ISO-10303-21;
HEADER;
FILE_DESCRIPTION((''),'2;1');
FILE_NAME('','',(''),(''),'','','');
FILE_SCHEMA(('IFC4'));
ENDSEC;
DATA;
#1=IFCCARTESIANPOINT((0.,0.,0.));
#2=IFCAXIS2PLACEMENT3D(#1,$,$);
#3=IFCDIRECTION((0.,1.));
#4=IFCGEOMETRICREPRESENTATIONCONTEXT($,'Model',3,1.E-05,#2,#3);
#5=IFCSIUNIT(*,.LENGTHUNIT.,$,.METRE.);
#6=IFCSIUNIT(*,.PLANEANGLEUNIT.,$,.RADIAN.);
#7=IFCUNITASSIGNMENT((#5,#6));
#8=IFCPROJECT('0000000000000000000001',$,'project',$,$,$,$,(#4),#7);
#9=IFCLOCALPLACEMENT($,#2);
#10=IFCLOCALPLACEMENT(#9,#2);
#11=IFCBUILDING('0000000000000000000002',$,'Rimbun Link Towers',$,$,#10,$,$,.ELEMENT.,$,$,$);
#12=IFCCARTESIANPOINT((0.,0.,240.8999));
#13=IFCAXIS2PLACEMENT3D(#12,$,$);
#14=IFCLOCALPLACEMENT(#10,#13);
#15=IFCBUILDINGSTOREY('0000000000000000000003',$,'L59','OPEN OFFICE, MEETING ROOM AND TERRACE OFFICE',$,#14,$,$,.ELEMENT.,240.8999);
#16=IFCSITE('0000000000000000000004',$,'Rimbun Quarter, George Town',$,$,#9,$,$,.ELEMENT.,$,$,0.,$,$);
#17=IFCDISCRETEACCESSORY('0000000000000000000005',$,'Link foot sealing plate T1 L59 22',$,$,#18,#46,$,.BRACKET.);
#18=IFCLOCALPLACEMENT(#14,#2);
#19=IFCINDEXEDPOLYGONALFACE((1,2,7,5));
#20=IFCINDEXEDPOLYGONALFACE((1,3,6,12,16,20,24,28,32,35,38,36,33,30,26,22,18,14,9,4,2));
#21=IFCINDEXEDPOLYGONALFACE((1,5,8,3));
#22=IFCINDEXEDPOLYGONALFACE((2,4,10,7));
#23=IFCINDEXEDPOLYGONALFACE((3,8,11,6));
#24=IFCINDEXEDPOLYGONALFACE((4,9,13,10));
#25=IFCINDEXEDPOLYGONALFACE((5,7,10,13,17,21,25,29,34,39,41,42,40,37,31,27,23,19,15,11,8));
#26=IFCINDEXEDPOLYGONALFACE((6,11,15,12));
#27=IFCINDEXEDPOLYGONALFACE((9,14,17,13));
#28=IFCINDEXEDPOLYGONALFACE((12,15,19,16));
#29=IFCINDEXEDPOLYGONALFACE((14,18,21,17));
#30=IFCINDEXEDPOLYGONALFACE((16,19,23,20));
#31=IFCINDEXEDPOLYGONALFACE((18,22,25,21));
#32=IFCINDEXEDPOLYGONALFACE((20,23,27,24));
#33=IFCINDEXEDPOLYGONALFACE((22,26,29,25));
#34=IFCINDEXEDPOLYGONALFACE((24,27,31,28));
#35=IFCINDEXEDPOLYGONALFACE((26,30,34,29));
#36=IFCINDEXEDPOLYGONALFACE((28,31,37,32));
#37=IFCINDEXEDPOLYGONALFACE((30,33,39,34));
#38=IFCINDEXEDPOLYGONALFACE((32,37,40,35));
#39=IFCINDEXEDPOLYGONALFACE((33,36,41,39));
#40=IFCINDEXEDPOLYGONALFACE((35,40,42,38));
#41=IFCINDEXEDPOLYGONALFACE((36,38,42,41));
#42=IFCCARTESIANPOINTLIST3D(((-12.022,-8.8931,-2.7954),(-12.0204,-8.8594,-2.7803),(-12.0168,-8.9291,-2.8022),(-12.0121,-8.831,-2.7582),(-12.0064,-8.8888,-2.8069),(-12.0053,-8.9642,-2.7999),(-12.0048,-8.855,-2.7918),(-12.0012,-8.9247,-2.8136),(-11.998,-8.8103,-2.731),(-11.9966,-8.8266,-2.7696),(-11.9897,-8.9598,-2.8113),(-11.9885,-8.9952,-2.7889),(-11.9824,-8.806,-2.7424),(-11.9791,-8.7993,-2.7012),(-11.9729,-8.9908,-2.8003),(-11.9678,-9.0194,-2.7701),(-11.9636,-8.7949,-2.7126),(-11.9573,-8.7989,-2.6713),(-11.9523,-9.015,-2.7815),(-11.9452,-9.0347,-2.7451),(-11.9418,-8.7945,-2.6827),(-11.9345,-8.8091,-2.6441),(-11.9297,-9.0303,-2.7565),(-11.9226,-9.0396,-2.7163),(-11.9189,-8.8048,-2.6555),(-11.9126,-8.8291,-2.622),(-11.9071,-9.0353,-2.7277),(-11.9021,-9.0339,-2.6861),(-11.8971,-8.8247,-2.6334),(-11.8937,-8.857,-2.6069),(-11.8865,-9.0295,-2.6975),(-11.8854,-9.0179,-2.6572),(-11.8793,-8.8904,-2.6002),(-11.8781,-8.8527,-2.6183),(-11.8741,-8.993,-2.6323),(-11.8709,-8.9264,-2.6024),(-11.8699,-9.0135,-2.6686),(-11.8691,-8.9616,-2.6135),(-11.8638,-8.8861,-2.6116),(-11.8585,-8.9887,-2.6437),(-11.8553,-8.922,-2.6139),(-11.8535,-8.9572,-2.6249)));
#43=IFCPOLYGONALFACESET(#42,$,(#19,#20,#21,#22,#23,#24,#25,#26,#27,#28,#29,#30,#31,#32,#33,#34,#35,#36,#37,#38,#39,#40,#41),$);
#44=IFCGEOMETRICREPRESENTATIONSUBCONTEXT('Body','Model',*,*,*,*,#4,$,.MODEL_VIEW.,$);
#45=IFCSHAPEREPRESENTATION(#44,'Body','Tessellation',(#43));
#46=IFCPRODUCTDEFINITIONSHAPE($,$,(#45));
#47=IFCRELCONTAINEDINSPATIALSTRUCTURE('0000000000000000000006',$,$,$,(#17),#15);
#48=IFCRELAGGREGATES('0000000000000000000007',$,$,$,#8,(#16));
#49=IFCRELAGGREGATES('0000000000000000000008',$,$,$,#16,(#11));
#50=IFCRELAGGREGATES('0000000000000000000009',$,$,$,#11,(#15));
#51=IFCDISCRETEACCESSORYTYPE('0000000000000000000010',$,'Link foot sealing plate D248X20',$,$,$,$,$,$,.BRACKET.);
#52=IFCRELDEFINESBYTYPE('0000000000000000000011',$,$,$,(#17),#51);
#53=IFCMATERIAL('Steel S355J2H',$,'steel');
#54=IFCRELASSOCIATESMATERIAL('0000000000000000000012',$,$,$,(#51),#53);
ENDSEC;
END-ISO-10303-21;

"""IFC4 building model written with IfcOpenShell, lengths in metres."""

from ifc_helpers import new_model, si_unit, direction, frame, origin, origin_2d, place, context, subcontext, project, spatial, circle, extrude, material, material_profile, profile_set, type_object, element, save


model = new_model("IFC4")

# Units and contexts
model_context = context("Model", 3, precision=1e-05, world=origin(), true_north=direction((0.0, 1.0)))
body_context = subcontext(model_context, "Body", "Model", "MODEL_VIEW")
ifc_project = project(units=[si_unit("LENGTHUNIT", "METRE"), si_unit("PLANEANGLEUNIT", "RADIAN")], contexts=[model_context])

# Site, building, storey
site_placement = place(None, origin())
site = spatial("IfcSite", under=ifc_project, at=site_placement, Name="Rimbun Quarter, George Town", CompositionType="ELEMENT", RefElevation=0.0)
building_placement = place(site_placement, origin())
building = spatial("IfcBuilding", under=site, at=building_placement, Name="Rimbun Link Towers", CompositionType="ELEMENT")
storey_placement = place(building_placement, frame((0.0, 0.0, 240.8999)))
storey = spatial("IfcBuildingStorey", under=building, at=storey_placement, Name="L59", Description="OPEN OFFICE, MEETING ROOM AND TERRACE OFFICE", CompositionType="ELEMENT", Elevation=240.8999)

# Discrete accessory
ifc_material_1 = material(Name="Steel S355J2H", Category="steel")
ifc_material_profile_1 = material_profile(ifc_material_1, circle(Radius=0.124, at=origin_2d()), Name="PL D248")
ifc_profile_set_1 = profile_set([ifc_material_profile_1], Name="Steel S355J2H")
discrete_accessory_type = type_object("IfcDiscreteAccessoryType", Name="Link foot sealing plate D248X20", PredefinedType="BRACKET", material=ifc_profile_set_1)
discrete_accessory_placement = place(storey_placement, frame((-11.9456, -8.9187, -2.7012), z_axis=(0.78606, 0.22108, -0.577263), x_axis=(-0.270746, 0.962651, 0.0)))
element("IfcDiscreteAccessory", 1, at=discrete_accessory_placement, inside=storey, type_object=discrete_accessory_type, Name="Link foot sealing plate T1 L59 22", PredefinedType="BRACKET", context=body_context, shape_type="SweptSolid", body=[
    extrude(circle(Radius=0.124, at=origin_2d()), origin(), (0.0, 0.0, 1.0), 0.0198),
])

save(model, "model.ifc")
